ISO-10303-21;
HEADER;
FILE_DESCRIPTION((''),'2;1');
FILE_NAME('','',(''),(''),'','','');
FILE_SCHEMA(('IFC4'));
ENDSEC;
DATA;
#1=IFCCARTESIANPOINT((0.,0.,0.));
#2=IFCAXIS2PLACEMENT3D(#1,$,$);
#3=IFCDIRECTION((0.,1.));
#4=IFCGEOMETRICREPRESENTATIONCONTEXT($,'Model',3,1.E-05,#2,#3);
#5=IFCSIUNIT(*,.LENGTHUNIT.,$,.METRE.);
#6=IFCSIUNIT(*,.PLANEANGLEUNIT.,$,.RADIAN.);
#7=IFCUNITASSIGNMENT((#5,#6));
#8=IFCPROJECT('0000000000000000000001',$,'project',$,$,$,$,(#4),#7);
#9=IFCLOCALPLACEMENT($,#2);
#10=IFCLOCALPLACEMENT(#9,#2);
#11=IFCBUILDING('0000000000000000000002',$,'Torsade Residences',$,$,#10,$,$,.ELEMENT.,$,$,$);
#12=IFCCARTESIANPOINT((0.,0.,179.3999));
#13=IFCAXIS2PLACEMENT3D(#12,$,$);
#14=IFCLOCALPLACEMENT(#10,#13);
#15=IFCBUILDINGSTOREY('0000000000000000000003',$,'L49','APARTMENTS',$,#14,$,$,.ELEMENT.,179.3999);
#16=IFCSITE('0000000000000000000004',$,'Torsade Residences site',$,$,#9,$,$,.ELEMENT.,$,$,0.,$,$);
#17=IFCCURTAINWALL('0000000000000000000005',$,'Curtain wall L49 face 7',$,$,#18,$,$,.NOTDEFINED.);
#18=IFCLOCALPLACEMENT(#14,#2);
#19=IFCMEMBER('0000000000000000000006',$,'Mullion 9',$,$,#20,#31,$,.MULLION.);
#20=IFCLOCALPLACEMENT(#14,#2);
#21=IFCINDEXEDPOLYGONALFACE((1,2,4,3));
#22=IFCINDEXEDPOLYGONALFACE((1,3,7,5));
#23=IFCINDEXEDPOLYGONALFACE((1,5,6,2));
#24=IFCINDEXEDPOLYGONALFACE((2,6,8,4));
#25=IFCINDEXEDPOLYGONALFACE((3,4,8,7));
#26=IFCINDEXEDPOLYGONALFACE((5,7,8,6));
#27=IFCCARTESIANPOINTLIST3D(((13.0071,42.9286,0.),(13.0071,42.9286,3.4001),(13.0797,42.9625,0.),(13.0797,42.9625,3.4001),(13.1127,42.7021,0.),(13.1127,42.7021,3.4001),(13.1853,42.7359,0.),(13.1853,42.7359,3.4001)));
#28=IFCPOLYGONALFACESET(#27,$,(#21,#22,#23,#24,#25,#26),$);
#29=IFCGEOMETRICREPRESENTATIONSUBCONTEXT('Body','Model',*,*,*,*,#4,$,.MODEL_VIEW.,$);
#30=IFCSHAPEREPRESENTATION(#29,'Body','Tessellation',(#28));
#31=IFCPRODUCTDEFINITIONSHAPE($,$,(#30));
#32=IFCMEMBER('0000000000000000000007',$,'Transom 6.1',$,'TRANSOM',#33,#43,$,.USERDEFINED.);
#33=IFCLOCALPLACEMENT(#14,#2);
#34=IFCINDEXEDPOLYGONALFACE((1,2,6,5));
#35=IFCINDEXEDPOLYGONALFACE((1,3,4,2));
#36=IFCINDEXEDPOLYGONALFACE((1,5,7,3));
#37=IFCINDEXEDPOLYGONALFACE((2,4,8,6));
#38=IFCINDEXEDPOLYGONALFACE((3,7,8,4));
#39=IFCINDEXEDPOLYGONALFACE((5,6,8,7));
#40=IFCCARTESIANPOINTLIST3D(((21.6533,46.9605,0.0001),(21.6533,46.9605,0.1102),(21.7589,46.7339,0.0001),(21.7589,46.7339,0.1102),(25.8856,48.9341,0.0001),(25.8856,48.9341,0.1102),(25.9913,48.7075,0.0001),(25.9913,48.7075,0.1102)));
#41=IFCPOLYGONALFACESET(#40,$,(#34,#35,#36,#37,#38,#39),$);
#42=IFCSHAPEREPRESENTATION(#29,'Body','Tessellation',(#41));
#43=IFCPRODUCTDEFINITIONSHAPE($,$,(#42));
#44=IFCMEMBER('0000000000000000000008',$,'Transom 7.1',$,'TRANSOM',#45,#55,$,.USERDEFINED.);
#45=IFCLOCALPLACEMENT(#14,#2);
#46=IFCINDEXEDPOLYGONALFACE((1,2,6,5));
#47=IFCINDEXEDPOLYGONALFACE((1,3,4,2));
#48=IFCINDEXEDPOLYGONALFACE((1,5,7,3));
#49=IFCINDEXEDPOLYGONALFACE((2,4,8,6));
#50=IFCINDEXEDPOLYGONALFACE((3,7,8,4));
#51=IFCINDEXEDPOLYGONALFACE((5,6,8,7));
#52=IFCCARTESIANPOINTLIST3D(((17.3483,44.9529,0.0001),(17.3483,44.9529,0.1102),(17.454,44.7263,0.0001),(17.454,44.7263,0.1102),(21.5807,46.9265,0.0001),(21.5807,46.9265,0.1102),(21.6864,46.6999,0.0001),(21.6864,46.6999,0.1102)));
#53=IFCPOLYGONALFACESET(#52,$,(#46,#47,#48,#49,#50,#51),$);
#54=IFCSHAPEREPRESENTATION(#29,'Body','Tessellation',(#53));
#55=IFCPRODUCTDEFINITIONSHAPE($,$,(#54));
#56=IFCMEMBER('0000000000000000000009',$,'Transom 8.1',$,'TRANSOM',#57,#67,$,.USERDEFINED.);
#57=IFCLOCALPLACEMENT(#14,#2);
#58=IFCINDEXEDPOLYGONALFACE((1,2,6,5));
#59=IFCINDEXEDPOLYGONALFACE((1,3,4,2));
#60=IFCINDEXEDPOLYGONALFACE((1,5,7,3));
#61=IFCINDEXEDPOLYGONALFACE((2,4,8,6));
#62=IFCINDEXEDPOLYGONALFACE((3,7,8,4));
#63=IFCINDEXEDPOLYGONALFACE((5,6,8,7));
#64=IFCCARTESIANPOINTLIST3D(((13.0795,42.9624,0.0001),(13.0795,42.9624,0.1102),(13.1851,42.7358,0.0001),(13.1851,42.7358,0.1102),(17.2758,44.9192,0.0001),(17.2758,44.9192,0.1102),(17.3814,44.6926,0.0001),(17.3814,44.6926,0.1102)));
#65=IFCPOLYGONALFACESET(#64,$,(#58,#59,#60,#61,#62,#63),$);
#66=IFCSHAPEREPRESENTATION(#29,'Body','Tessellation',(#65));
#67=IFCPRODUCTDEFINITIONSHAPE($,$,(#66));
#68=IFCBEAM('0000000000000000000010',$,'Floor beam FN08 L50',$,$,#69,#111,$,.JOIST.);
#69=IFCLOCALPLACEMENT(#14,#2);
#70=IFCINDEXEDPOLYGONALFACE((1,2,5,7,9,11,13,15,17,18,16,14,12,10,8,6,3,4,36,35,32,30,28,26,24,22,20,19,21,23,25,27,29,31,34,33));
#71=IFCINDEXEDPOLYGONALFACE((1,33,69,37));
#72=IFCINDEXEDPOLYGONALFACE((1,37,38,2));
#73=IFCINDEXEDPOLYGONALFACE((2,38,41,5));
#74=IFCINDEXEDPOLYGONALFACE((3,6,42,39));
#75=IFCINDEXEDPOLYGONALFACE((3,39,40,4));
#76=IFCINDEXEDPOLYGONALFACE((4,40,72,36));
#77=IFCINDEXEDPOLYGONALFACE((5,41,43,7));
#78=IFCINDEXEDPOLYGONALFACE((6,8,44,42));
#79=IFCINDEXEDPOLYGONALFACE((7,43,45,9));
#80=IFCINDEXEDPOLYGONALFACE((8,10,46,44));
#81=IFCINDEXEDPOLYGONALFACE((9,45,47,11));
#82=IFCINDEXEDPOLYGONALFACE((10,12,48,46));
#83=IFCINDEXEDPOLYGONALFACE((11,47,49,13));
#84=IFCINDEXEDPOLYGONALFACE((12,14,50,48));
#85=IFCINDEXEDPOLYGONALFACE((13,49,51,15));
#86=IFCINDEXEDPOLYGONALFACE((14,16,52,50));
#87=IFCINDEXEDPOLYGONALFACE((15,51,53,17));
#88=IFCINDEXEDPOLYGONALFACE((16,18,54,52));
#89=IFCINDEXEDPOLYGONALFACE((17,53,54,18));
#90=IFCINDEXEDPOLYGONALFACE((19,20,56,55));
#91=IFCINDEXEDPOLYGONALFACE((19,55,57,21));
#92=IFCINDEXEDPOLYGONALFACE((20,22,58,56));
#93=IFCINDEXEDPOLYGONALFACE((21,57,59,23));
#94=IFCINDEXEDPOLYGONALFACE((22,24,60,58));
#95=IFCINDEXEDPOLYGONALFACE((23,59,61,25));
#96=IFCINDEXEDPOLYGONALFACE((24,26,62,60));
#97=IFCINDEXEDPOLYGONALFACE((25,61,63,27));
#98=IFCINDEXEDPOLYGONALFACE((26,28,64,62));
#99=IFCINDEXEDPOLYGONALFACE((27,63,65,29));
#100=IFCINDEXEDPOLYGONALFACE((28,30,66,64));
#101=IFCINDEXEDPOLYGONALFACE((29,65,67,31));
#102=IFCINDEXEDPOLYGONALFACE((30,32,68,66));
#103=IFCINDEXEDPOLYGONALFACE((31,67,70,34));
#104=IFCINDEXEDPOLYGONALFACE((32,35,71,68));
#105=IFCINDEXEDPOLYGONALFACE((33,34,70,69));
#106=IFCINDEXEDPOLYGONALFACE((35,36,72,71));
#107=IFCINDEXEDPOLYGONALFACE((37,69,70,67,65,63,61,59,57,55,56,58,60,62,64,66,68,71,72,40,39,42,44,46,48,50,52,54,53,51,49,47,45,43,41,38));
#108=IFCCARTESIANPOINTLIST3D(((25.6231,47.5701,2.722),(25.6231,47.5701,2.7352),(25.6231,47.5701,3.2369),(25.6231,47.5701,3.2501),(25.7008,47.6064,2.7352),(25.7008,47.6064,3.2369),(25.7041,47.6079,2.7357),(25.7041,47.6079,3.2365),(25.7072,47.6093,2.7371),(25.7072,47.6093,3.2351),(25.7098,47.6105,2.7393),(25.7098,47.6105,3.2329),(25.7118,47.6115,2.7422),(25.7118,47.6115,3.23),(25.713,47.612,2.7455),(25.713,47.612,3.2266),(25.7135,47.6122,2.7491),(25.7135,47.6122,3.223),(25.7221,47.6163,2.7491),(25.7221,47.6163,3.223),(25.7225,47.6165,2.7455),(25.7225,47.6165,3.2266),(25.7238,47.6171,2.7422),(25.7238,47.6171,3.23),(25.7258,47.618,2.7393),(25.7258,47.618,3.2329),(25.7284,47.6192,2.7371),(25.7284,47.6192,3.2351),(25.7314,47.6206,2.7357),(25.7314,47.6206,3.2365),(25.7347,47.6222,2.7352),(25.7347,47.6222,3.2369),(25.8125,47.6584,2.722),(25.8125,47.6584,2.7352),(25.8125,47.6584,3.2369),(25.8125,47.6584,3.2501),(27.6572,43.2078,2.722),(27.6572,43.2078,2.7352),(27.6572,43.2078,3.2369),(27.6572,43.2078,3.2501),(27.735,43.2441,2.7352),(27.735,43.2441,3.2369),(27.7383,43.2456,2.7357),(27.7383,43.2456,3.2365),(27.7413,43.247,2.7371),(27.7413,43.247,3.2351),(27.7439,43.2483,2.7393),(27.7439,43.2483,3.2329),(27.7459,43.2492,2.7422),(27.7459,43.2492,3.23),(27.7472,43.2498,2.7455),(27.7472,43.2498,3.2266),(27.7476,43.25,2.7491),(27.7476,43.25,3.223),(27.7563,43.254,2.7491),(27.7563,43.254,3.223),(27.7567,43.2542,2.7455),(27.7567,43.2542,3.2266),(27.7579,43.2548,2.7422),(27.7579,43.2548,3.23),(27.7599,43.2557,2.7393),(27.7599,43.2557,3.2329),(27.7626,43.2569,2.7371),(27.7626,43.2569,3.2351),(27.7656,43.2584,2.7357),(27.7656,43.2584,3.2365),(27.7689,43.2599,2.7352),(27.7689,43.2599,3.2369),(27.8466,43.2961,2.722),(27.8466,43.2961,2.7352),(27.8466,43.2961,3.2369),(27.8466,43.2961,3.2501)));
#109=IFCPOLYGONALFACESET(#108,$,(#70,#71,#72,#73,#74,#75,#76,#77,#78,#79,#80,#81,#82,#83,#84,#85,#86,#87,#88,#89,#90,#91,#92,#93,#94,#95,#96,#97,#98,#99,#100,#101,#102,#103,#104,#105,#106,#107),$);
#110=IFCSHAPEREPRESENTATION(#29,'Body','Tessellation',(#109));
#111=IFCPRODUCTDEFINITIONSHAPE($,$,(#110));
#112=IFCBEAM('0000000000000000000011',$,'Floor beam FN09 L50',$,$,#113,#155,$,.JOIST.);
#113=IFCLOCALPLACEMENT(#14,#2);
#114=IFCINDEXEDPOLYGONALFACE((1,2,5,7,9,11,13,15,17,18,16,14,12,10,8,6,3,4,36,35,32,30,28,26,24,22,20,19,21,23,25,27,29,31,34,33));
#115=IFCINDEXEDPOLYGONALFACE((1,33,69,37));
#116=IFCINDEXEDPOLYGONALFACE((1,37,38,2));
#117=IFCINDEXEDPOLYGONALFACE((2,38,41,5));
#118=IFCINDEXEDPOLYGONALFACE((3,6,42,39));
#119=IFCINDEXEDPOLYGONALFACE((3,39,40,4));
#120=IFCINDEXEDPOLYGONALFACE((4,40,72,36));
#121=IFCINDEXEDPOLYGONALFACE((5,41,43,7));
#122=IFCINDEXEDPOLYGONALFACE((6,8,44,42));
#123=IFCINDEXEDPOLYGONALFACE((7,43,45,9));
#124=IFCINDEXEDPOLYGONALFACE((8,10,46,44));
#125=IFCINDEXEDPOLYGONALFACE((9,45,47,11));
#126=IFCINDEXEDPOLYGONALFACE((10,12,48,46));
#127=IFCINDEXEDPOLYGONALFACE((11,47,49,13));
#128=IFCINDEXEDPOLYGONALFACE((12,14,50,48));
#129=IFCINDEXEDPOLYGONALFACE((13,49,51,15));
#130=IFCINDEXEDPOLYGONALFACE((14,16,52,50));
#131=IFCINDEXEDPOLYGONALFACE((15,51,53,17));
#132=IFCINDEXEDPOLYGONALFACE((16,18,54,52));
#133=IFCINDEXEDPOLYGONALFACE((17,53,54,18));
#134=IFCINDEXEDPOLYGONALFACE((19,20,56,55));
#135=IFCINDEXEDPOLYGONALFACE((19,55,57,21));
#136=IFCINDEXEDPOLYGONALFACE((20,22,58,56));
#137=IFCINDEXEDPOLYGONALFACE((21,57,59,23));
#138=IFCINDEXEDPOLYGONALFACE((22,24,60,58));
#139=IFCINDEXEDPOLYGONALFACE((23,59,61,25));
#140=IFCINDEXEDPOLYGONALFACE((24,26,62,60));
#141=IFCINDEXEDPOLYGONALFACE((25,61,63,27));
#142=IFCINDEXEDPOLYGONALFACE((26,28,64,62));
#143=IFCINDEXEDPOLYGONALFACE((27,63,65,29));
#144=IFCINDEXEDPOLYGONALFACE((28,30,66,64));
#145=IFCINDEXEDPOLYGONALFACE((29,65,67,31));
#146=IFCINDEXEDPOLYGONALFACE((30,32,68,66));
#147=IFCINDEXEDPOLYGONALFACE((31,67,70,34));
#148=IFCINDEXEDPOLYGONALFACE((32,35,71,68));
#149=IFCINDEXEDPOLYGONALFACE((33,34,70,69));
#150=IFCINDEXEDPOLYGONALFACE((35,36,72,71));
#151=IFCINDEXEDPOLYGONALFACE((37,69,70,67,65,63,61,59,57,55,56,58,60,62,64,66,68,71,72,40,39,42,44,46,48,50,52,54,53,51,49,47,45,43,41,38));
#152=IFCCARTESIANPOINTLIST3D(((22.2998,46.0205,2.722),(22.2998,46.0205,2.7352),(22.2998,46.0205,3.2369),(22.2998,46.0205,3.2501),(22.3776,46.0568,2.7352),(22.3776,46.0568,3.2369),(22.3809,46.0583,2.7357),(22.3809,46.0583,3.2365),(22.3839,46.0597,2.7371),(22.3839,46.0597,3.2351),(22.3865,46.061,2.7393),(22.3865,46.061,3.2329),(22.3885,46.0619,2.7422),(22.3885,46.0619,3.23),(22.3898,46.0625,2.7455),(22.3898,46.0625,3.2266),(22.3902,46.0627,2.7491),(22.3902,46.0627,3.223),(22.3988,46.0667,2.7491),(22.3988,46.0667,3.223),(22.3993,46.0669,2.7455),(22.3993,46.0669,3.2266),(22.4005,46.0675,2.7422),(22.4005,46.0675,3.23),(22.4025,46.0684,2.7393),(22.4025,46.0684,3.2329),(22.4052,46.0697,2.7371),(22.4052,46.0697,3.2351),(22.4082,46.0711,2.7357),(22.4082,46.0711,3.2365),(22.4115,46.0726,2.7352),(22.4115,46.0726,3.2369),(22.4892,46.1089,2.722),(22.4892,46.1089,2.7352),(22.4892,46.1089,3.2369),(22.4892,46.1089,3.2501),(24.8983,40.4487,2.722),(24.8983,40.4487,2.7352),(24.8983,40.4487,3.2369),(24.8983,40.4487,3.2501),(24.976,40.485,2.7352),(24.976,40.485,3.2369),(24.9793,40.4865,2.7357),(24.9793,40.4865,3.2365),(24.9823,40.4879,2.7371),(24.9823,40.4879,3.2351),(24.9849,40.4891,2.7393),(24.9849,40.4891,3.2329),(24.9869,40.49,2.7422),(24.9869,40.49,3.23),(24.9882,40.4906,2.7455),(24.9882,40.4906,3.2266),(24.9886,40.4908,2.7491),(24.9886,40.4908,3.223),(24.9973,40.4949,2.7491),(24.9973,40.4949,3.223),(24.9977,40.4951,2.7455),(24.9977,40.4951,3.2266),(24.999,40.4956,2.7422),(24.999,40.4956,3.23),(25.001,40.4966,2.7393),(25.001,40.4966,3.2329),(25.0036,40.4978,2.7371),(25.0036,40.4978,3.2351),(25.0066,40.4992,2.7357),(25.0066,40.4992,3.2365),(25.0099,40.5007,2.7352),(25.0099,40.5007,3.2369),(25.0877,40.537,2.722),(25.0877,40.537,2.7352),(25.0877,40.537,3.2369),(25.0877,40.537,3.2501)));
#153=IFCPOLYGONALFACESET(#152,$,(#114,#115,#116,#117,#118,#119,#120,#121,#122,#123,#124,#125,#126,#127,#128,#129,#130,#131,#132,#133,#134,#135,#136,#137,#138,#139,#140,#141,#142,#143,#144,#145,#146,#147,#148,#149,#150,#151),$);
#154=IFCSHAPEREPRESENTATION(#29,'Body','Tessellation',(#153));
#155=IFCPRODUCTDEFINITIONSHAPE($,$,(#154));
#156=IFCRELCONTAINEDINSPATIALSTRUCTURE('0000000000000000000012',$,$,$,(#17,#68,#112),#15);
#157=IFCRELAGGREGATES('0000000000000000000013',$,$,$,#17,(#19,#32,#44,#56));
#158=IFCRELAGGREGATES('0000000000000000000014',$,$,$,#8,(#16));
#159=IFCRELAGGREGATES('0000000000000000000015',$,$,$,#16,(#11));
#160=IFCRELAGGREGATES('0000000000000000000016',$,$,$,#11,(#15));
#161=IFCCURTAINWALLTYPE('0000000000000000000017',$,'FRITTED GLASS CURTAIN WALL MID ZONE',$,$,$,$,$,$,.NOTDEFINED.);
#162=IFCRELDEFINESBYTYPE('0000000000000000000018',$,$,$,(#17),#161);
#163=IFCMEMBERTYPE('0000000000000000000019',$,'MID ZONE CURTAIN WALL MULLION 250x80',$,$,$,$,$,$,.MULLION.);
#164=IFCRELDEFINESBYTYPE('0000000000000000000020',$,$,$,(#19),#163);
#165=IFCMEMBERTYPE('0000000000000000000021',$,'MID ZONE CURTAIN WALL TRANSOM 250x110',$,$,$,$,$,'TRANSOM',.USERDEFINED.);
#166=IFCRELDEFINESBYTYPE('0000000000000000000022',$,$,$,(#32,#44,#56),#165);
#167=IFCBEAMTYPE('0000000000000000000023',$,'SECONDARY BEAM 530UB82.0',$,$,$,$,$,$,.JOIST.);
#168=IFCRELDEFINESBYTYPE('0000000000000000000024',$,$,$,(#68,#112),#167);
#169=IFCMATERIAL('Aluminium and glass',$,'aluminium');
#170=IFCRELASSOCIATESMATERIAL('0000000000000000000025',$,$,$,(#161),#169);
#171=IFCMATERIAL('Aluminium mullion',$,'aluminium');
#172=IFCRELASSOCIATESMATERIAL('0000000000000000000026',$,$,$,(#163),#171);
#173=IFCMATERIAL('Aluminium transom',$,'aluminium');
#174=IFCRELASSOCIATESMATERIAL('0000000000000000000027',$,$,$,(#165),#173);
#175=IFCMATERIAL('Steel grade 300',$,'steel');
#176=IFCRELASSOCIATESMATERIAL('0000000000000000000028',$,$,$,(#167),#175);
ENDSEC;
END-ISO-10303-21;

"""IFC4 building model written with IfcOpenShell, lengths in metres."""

from ifc_helpers import new_model, si_unit, direction, frame, origin, origin_2d, place, context, subcontext, project, spatial, rectangle, i_section, extrude, material, material_profile, profile_set, type_object, element, aggregate, save


model = new_model("IFC4")

# Units and contexts
model_context = context("Model", 3, precision=1e-05, world=origin(), true_north=direction((0.0, 1.0)))
body_context = subcontext(model_context, "Body", "Model", "MODEL_VIEW")
ifc_project = project(units=[si_unit("LENGTHUNIT", "METRE"), si_unit("PLANEANGLEUNIT", "RADIAN")], contexts=[model_context])

# Site, building, storey
site_placement = place(None, origin())
site = spatial("IfcSite", under=ifc_project, at=site_placement, Name="Torsade Residences site", CompositionType="ELEMENT", RefElevation=0.0)
building_placement = place(site_placement, origin())
building = spatial("IfcBuilding", under=site, at=building_placement, Name="Torsade Residences", CompositionType="ELEMENT")
storey_placement = place(building_placement, frame((0.0, 0.0, 179.3999)))
storey = spatial("IfcBuildingStorey", under=building, at=storey_placement, Name="L49", Description="APARTMENTS", CompositionType="ELEMENT", Elevation=179.3999)

# Curtain wall, members
ifc_material_1 = material(Name="Aluminium and glass", Category="aluminium")
curtain_wall_type = type_object("IfcCurtainWallType", Name="FRITTED GLASS CURTAIN WALL MID ZONE", PredefinedType="NOTDEFINED", material=ifc_material_1)
curtain_wall_placement = place(storey_placement, origin())
curtain_wall = element("IfcCurtainWall", 1, at=curtain_wall_placement, inside=storey, type_object=curtain_wall_type, Name="Curtain wall L49 face 7", PredefinedType="NOTDEFINED")
ifc_material_2 = material(Name="Aluminium mullion", Category="aluminium")
ifc_material_profile_1 = material_profile(ifc_material_2, rectangle(XDim=0.25, YDim=0.0801, at=origin_2d()), Name="MID ZONE CURTAIN WALL MULLION 250x80")
ifc_profile_set_1 = profile_set([ifc_material_profile_1], Name="Aluminium mullion")
member_type_1 = type_object("IfcMemberType", Name="MID ZONE CURTAIN WALL MULLION 250x80", PredefinedType="MULLION", material=ifc_profile_set_1)
member_1_placement = place(storey_placement, frame((13.0962, 42.8323, 0.0), z_axis=(0.0, 0.0, 1.0), x_axis=(0.422618, -0.906308, 0.0)))
member_1 = element("IfcMember", 2, at=member_1_placement, type_object=member_type_1, Name="Mullion 9", PredefinedType="MULLION", context=body_context, shape_type="SweptSolid", body=[
    extrude(rectangle(XDim=0.25, YDim=0.0801, at=origin_2d()), origin(), (0.0, 0.0, 1.0), 3.4001),
])
ifc_material_3 = material(Name="Aluminium transom", Category="aluminium")
ifc_material_profile_2 = material_profile(ifc_material_3, rectangle(XDim=0.25, YDim=0.1101, at=origin_2d()), Name="MID ZONE CURTAIN WALL TRANSOM 250x110")
ifc_profile_set_2 = profile_set([ifc_material_profile_2], Name="Aluminium transom")
member_type_2 = type_object("IfcMemberType", Name="MID ZONE CURTAIN WALL TRANSOM 250x110", ElementType="TRANSOM", PredefinedType="USERDEFINED", material=ifc_profile_set_2)
member_2_placement = place(storey_placement, frame((25.9385, 48.8208, 0.0552), z_axis=(-0.906306, -0.422622, 0.0), x_axis=(0.422622, -0.906306, 0.0)))
member_2 = element("IfcMember", 3, at=member_2_placement, type_object=member_type_2, Name="Transom 6.1", ObjectType="TRANSOM", PredefinedType="USERDEFINED", context=body_context, shape_type="SweptSolid", body=[
    extrude(rectangle(XDim=0.25, YDim=0.1101, at=origin_2d()), origin(), (0.0, 0.0, 1.0), 4.6699),
])
member_3_placement = place(storey_placement, frame((21.6335, 46.8132, 0.0552), z_axis=(-0.906306, -0.422622, 0.0), x_axis=(0.422622, -0.906306, 0.0)))
member_3 = element("IfcMember", 4, at=member_3_placement, type_object=member_type_2, Name="Transom 7.1", ObjectType="TRANSOM", PredefinedType="USERDEFINED", context=body_context, shape_type="SweptSolid", body=[
    extrude(rectangle(XDim=0.25, YDim=0.1101, at=origin_2d()), origin(), (0.0, 0.0, 1.0), 4.6699),
])
member_4_placement = place(storey_placement, frame((17.3286, 44.8059, 0.0552), z_axis=(-0.906306, -0.422623, 0.0), x_axis=(0.422623, -0.906306, 0.0)))
member_4 = element("IfcMember", 5, at=member_4_placement, type_object=member_type_2, Name="Transom 8.1", ObjectType="TRANSOM", PredefinedType="USERDEFINED", context=body_context, shape_type="SweptSolid", body=[
    extrude(rectangle(XDim=0.25, YDim=0.1101, at=origin_2d()), origin(), (0.0, 0.0, 1.0), 4.6301),
])

# Beams
ifc_material_4 = material(Name="Steel grade 300", Category="steel")
ifc_material_profile_3 = material_profile(ifc_material_4, i_section(OverallWidth=0.209, OverallDepth=0.5281, WebThickness=0.0095, FlangeThickness=0.0132, FilletRadius=0.0139, at=origin_2d()), Name="530UB82.0")
ifc_profile_set_3 = profile_set([ifc_material_profile_3], Name="Steel grade 300")
beam_type_1 = type_object("IfcBeamType", Name="SECONDARY BEAM 530UB82.0", PredefinedType="JOIST", material=ifc_profile_set_3)
beam_1_placement = place(storey_placement, frame((25.7178, 47.6143, 2.9861), z_axis=(0.422619, -0.906308, 0.0), x_axis=(0.906308, 0.422619, 0.0)))
element("IfcBeam", 6, at=beam_1_placement, inside=storey, type_object=beam_type_1, Name="Floor beam FN08 L50", PredefinedType="JOIST", context=body_context, shape_type="SweptSolid", body=[
    extrude(i_section(OverallWidth=0.209, OverallDepth=0.5281, WebThickness=0.0095, FlangeThickness=0.0132, FilletRadius=0.0139, at=origin_2d()), origin(), (0.0, 0.0, 1.0), 4.8132),
])
beam_2_placement = place(storey_placement, frame((22.3945, 46.0647, 2.9861), z_axis=(0.422648, -0.906294, 0.0), x_axis=(0.906294, 0.422648, 0.0)))
element("IfcBeam", 7, at=beam_2_placement, inside=storey, type_object=beam_type_1, Name="Floor beam FN09 L50", PredefinedType="JOIST", context=body_context, shape_type="SweptSolid", body=[
    extrude(i_section(OverallWidth=0.209, OverallDepth=0.5281, WebThickness=0.0095, FlangeThickness=0.0132, FilletRadius=0.0139, at=origin_2d()), origin(), (0.0, 0.0, 1.0), 6.1479),
])

aggregate(curtain_wall, [member_1, member_2, member_3, member_4])

save(model, "model.ifc")
